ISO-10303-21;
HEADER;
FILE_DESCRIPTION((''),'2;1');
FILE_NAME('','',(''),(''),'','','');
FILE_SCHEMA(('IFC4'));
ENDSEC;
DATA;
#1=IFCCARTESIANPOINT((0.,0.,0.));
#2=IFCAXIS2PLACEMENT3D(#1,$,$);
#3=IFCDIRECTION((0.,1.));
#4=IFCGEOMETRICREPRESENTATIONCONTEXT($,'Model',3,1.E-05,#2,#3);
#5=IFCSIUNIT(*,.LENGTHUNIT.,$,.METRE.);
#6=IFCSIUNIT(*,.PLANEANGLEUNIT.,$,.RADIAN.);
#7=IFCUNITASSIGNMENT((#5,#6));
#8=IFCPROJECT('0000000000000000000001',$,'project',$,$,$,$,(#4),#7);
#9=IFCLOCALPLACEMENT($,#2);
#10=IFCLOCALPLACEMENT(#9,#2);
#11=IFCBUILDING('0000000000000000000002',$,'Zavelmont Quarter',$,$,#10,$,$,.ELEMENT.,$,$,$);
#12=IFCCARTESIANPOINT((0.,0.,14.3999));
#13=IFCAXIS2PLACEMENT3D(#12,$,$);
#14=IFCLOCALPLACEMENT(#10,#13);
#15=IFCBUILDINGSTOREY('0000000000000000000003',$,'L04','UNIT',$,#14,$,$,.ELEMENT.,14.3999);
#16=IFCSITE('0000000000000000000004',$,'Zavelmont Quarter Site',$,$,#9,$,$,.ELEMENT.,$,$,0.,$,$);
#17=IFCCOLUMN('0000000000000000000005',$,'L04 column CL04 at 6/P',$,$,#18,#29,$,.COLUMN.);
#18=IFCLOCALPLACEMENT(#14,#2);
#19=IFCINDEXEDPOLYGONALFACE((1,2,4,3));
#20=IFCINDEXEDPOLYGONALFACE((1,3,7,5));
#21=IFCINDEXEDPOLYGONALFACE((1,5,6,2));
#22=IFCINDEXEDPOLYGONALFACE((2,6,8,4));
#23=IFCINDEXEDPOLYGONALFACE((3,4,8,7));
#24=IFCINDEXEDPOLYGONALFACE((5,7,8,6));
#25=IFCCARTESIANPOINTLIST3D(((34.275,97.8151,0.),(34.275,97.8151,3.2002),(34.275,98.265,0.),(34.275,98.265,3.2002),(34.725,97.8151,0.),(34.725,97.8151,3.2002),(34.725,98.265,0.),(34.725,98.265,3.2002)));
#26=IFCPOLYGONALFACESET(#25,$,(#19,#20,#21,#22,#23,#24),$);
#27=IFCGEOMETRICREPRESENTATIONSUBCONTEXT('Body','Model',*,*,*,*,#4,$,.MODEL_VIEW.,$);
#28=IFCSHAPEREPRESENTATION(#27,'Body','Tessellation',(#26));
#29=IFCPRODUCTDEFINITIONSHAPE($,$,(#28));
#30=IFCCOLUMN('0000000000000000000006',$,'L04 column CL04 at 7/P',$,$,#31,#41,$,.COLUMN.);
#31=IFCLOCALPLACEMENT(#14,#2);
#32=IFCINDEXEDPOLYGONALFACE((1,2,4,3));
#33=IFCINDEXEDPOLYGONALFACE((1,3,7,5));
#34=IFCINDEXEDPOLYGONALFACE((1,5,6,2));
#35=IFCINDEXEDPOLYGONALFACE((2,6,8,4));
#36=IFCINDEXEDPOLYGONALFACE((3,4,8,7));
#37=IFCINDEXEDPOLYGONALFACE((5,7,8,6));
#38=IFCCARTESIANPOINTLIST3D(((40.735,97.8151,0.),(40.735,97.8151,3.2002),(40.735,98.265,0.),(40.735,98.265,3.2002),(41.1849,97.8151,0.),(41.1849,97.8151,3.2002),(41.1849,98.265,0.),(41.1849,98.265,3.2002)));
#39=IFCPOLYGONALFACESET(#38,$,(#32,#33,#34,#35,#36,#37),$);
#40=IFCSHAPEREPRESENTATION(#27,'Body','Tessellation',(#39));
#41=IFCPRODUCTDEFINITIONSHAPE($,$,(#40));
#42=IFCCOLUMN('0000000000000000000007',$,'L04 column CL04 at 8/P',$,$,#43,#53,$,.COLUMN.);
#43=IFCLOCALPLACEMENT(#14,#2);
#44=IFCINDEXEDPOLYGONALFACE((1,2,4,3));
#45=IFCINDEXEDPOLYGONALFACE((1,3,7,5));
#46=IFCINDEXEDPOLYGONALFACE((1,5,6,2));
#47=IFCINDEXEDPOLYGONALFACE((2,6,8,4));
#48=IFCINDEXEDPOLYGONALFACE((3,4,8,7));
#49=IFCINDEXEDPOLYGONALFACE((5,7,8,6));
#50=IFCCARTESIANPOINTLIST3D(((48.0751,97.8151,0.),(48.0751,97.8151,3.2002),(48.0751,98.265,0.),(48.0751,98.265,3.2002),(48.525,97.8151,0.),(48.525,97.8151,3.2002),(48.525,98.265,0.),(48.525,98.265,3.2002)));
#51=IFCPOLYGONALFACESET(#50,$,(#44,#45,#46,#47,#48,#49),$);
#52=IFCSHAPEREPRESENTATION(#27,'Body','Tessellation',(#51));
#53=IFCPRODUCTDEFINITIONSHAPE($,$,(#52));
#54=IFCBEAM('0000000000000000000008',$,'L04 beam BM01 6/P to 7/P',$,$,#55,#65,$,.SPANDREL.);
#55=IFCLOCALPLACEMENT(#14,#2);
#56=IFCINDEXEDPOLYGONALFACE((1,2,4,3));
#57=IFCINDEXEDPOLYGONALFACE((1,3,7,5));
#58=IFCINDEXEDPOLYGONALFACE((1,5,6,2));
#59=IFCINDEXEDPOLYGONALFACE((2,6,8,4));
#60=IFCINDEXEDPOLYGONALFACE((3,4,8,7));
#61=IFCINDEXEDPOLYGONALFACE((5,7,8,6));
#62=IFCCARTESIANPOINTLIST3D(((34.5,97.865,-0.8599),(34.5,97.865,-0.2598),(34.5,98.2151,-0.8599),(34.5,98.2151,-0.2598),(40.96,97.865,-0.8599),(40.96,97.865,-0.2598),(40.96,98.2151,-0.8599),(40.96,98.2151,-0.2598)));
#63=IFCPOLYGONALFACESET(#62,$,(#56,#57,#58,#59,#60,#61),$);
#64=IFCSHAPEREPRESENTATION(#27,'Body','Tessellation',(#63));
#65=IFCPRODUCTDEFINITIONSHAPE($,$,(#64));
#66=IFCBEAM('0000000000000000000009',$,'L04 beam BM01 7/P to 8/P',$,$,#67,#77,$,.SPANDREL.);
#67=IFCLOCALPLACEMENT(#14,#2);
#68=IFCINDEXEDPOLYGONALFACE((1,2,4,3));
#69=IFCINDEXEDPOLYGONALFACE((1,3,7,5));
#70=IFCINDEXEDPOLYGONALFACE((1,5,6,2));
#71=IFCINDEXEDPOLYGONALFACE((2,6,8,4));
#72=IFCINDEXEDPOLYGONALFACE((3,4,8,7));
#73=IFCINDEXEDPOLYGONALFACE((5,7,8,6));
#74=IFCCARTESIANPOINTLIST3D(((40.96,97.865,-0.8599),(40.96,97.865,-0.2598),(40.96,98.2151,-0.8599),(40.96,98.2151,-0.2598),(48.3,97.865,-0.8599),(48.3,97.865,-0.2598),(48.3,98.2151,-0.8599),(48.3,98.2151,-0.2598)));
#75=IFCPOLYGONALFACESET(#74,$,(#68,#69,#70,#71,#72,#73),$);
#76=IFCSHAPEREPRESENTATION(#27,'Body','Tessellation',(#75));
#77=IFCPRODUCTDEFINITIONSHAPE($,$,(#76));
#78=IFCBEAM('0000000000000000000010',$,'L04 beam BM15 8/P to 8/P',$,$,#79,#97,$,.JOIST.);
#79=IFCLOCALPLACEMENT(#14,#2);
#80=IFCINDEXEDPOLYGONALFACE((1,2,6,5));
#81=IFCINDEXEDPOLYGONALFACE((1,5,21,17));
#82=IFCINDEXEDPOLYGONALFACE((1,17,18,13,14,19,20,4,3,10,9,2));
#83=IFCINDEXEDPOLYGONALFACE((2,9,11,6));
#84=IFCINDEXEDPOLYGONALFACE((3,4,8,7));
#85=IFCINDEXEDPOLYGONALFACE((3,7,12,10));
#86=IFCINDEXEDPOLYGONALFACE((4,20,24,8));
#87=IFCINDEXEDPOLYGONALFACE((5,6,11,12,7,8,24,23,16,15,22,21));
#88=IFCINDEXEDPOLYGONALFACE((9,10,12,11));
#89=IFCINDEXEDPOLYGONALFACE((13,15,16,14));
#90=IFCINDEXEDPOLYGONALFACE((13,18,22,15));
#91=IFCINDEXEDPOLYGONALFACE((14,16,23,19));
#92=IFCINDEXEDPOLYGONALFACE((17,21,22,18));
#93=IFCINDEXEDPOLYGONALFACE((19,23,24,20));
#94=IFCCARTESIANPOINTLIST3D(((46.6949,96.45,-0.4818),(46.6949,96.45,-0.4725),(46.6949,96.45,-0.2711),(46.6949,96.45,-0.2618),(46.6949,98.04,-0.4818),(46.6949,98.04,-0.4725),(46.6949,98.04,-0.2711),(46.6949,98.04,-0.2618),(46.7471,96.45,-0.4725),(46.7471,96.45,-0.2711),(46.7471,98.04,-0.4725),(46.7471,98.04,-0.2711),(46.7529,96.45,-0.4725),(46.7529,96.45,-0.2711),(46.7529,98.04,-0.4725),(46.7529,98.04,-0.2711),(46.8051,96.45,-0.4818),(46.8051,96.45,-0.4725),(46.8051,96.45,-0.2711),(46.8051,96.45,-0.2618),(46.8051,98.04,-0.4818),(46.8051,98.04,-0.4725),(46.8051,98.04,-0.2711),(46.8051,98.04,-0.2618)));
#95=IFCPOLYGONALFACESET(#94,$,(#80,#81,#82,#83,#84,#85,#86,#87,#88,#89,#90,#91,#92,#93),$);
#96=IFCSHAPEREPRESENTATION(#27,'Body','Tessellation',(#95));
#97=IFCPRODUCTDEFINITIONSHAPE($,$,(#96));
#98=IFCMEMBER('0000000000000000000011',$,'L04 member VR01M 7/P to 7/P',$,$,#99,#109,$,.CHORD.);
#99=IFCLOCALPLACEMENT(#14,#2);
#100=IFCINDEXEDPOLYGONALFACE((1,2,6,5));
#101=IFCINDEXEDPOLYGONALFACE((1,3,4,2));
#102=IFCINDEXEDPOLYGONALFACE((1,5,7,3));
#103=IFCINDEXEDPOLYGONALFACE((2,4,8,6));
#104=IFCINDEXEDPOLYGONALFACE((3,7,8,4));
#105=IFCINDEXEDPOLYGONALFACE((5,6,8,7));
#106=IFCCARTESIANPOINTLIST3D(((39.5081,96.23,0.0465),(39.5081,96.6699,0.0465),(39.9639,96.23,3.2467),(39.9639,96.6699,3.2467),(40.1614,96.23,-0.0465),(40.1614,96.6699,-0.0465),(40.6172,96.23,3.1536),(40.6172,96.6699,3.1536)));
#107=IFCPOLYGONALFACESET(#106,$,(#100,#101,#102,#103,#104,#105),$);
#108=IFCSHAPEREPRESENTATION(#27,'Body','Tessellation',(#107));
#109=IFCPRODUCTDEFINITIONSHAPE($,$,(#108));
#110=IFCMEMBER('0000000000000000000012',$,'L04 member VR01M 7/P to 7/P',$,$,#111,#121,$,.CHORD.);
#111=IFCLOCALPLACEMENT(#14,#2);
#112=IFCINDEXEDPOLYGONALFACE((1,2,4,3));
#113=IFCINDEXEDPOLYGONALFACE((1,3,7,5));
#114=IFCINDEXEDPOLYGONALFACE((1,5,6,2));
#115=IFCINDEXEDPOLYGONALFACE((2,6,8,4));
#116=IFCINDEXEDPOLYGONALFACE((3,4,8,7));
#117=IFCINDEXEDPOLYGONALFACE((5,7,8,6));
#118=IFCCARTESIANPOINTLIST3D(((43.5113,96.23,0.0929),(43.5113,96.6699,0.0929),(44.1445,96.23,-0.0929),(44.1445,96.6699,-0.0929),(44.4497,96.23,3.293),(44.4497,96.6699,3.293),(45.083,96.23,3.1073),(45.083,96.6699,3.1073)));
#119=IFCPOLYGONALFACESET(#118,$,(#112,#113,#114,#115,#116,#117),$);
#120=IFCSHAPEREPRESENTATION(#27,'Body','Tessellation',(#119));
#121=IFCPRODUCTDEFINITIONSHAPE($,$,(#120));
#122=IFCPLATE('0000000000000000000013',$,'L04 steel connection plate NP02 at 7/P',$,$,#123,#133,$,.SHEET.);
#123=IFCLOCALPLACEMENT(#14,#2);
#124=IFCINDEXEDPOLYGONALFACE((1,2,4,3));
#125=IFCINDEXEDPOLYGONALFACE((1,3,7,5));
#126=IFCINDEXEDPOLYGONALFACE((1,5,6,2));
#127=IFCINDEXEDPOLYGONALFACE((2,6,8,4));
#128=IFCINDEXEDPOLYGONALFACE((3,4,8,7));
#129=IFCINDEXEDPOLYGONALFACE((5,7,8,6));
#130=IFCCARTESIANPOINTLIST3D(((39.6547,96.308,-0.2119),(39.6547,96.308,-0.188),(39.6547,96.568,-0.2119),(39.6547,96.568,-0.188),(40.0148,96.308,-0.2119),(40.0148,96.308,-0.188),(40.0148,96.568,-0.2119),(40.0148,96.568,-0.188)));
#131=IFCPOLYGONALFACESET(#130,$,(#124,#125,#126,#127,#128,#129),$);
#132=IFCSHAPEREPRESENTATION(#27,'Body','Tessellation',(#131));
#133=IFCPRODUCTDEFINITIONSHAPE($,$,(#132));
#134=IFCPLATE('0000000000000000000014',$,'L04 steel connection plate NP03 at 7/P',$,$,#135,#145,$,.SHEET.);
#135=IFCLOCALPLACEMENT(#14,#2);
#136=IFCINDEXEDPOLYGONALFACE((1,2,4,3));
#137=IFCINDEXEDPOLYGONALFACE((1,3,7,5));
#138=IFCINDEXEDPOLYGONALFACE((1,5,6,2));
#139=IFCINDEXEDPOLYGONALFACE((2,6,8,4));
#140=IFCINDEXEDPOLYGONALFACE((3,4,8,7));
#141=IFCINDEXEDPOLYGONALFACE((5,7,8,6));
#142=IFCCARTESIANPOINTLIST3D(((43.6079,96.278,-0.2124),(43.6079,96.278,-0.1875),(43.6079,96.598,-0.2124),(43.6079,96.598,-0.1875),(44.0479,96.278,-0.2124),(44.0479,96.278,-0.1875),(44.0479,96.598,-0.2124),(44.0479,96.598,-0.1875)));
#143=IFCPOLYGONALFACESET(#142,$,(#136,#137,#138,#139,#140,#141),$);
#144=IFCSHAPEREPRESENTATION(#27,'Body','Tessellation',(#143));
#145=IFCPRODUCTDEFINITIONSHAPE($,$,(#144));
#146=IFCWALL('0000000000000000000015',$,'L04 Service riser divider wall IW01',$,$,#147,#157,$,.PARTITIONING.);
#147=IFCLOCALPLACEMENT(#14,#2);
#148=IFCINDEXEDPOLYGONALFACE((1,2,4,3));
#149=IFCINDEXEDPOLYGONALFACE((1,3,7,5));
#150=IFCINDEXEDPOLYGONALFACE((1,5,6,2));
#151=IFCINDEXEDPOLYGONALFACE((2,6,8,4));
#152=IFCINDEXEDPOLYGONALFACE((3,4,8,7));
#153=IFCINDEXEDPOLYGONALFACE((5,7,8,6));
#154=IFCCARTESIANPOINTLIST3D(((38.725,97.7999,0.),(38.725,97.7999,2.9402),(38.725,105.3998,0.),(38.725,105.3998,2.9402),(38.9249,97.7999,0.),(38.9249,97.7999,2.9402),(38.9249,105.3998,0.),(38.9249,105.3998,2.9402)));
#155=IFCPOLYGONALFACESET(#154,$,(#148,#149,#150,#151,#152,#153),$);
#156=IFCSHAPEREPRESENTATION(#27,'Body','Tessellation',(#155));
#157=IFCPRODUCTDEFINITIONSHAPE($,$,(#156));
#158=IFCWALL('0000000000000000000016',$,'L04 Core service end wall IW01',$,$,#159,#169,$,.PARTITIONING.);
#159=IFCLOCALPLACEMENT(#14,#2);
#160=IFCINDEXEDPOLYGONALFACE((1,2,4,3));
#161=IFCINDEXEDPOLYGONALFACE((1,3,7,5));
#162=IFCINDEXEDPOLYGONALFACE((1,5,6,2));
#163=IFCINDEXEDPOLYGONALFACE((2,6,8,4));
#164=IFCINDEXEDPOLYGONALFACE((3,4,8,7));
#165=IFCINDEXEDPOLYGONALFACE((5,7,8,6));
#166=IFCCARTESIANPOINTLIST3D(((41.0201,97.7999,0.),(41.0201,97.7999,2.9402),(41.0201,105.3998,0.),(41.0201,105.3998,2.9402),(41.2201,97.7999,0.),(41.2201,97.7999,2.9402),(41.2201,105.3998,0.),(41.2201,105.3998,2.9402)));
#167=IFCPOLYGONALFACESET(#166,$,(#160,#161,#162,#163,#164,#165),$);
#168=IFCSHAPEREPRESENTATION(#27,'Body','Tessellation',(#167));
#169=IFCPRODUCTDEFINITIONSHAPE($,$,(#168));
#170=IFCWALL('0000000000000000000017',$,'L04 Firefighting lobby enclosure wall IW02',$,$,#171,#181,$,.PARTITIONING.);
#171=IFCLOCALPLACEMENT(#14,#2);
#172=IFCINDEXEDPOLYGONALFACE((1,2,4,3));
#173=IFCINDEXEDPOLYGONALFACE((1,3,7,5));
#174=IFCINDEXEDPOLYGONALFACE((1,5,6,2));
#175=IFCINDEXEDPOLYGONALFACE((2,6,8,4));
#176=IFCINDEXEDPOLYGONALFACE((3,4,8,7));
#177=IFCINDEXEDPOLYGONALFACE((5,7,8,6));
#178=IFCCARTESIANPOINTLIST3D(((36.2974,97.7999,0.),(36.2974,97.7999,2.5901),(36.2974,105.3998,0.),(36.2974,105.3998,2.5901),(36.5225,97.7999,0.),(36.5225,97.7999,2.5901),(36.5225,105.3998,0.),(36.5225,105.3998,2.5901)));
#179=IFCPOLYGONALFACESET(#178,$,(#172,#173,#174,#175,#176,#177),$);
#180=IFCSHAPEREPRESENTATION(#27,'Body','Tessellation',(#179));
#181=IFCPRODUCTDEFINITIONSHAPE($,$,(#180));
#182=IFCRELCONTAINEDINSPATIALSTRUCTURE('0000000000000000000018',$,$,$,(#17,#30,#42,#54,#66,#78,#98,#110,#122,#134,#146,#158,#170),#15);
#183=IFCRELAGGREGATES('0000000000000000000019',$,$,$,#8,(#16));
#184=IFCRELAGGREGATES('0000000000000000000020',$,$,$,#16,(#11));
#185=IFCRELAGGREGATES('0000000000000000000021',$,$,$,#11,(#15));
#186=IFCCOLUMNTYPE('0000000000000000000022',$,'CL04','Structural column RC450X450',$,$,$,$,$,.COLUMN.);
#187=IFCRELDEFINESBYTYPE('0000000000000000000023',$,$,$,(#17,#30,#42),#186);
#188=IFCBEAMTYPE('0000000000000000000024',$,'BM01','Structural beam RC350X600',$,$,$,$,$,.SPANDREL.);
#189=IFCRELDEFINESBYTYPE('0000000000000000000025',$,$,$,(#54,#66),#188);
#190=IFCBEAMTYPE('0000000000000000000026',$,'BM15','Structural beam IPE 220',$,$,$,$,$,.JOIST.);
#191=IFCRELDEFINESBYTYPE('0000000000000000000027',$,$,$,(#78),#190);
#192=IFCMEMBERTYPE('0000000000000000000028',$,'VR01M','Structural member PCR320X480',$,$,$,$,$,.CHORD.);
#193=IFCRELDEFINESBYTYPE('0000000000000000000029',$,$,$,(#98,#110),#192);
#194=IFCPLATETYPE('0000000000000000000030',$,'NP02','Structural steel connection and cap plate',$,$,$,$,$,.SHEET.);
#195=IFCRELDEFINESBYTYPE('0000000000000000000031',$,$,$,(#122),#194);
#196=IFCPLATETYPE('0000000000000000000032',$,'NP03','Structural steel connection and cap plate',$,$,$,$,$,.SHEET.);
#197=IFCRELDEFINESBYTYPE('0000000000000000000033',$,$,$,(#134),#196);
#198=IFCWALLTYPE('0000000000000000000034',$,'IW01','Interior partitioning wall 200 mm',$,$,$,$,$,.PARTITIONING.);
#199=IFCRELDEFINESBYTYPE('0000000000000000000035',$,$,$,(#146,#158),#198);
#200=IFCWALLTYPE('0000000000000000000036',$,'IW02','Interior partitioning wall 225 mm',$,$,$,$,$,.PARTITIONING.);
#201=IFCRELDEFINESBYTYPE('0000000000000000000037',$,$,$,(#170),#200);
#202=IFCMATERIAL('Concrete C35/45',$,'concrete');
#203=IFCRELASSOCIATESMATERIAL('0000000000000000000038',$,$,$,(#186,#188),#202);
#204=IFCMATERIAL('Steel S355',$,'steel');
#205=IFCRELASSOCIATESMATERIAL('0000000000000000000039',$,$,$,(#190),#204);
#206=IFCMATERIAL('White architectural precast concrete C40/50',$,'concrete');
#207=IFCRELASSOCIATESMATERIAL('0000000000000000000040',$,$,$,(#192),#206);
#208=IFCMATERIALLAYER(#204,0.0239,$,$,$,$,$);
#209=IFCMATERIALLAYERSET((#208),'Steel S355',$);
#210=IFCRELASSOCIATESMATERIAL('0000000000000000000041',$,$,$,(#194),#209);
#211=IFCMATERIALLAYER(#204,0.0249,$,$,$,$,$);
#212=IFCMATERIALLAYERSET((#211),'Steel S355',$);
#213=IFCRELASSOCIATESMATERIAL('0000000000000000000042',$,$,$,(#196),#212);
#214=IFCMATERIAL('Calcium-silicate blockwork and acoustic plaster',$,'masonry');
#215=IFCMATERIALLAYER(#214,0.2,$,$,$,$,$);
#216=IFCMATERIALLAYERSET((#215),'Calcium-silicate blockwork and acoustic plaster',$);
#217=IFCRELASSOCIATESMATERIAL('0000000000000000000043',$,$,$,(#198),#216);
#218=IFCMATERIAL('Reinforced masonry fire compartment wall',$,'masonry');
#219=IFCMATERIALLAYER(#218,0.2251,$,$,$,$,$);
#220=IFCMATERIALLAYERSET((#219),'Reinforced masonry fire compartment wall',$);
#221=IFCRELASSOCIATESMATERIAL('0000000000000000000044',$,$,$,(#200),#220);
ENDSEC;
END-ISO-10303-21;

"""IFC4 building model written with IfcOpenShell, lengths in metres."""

from ifc_helpers import new_model, si_unit, direction, frame, frame_2d, origin, origin_2d, place, context, subcontext, project, spatial, rectangle, i_section, extrude, material, layer, layer_set, material_profile, profile_set, type_object, element, save


model = new_model("IFC4")

# Units and contexts
model_context = context("Model", 3, precision=1e-05, world=origin(), true_north=direction((0.0, 1.0)))
body_context = subcontext(model_context, "Body", "Model", "MODEL_VIEW")
ifc_project = project(units=[si_unit("LENGTHUNIT", "METRE"), si_unit("PLANEANGLEUNIT", "RADIAN")], contexts=[model_context])

# Site, building, storey
site_placement = place(None, origin())
site = spatial("IfcSite", under=ifc_project, at=site_placement, Name="Zavelmont Quarter Site", CompositionType="ELEMENT", RefElevation=0.0)
building_placement = place(site_placement, origin())
building = spatial("IfcBuilding", under=site, at=building_placement, Name="Zavelmont Quarter", CompositionType="ELEMENT")
storey_placement = place(building_placement, frame((0.0, 0.0, 14.3999)))
storey = spatial("IfcBuildingStorey", under=building, at=storey_placement, Name="L04", Description="UNIT", CompositionType="ELEMENT", Elevation=14.3999)

# Columns
ifc_material_1 = material(Name="Concrete C35/45", Category="concrete")
ifc_material_profile_1 = material_profile(ifc_material_1, rectangle(XDim=0.45, YDim=0.45, at=origin_2d()), Name="RC450X450")
ifc_profile_set_1 = profile_set([ifc_material_profile_1], Name="Concrete C35/45")
column_type = type_object("IfcColumnType", Name="CL04", Description="Structural column RC450X450", PredefinedType="COLUMN", material=ifc_profile_set_1)
for number, where, z_axis, x_axis, name in (
    (1, (34.5, 98.04, 0.0), (0.0, 0.0, 1.0), (1.0, 0.0, 0.0), "L04 column CL04 at 6/P"),
    (2, (40.96, 98.04, 0.0), (0.0, 0.0, 1.0), (1.0, 0.0, 0.0), "L04 column CL04 at 7/P"),
    (3, (48.3, 98.04, 0.0), (0.0, 0.0, 1.0), (1.0, 0.0, 0.0), "L04 column CL04 at 8/P"),
):
    element("IfcColumn", number, at=place(storey_placement, frame(where, z_axis=z_axis, x_axis=x_axis)), inside=storey, type_object=column_type, Name=name, PredefinedType="COLUMN", context=body_context, shape_type="SweptSolid", body=[
        extrude(rectangle(XDim=0.45, YDim=0.45, at=origin_2d()), origin(), (0.0, 0.0, 1.0), 3.2002),
    ])

# Beams
ifc_material_profile_2 = material_profile(ifc_material_1, rectangle(XDim=0.3501, YDim=0.6001, at=origin_2d()), Name="RC350X600")
ifc_profile_set_2 = profile_set([ifc_material_profile_2], Name="Concrete C35/45")
beam_type_1 = type_object("IfcBeamType", Name="BM01", Description="Structural beam RC350X600", PredefinedType="SPANDREL", material=ifc_profile_set_2)
beam_1_placement = place(storey_placement, frame((34.5, 98.04, -0.5598), z_axis=(1.0, 0.0, 0.0), x_axis=(0.0, 1.0, 0.0)))
element("IfcBeam", 4, at=beam_1_placement, inside=storey, type_object=beam_type_1, Name="L04 beam BM01 6/P to 7/P", PredefinedType="SPANDREL", context=body_context, shape_type="SweptSolid", body=[
    extrude(rectangle(XDim=0.3501, YDim=0.6001, at=origin_2d()), origin(), (0.0, 0.0, 1.0), 6.46),
])
beam_2_placement = place(storey_placement, frame((40.96, 98.04, -0.5598), z_axis=(1.0, 0.0, 0.0), x_axis=(0.0, 1.0, 0.0)))
element("IfcBeam", 5, at=beam_2_placement, inside=storey, type_object=beam_type_1, Name="L04 beam BM01 7/P to 8/P", PredefinedType="SPANDREL", context=body_context, shape_type="SweptSolid", body=[
    extrude(rectangle(XDim=0.3501, YDim=0.6001, at=origin_2d()), origin(), (0.0, 0.0, 1.0), 7.3401),
])
ifc_material_2 = material(Name="Steel S355", Category="steel")
ifc_material_profile_3 = material_profile(ifc_material_2, i_section(OverallWidth=0.1101, OverallDepth=0.22, WebThickness=0.0059, FlangeThickness=0.0093, at=origin_2d()), Name="IPE 220")
ifc_profile_set_3 = profile_set([ifc_material_profile_3], Name="Steel S355")
beam_type_2 = type_object("IfcBeamType", Name="BM15", Description="Structural beam IPE 220", PredefinedType="JOIST", material=ifc_profile_set_3)
beam_3_placement = place(storey_placement, frame((46.75, 98.04, -0.3718), z_axis=(0.0, -1.0, 0.0), x_axis=(1.0, 0.0, 0.0)))
element("IfcBeam", 6, at=beam_3_placement, inside=storey, type_object=beam_type_2, Name="L04 beam BM15 8/P to 8/P", PredefinedType="JOIST", context=body_context, shape_type="SweptSolid", body=[
    extrude(i_section(OverallWidth=0.1101, OverallDepth=0.22, WebThickness=0.0059, FlangeThickness=0.0093, at=origin_2d()), origin(), (0.0, 0.0, 1.0), 1.5901),
])

# Members
ifc_material_3 = material(Name="White architectural precast concrete C40/50", Category="concrete")
ifc_material_profile_4 = material_profile(ifc_material_3, rectangle(XDim=0.4399, YDim=0.6599, at=origin_2d()), Name="PCR320X480")
ifc_profile_set_4 = profile_set([ifc_material_profile_4], Name="White architectural precast concrete C40/50")
member_type = type_object("IfcMemberType", Name="VR01M", Description="Structural member PCR320X480", PredefinedType="CHORD", material=ifc_profile_set_4)
member_1_placement = place(storey_placement, frame((39.8347, 96.45, 0.0), z_axis=(0.141009, 0.0, 0.990008), x_axis=(0.0, 1.0, 0.0)))
element("IfcMember", 7, at=member_1_placement, inside=storey, type_object=member_type, Name="L04 member VR01M 7/P to 7/P", PredefinedType="CHORD", context=body_context, shape_type="SweptSolid", body=[
    extrude(rectangle(XDim=0.4399, YDim=0.6599, at=origin_2d()), origin(), (0.0, 0.0, 1.0), 3.2324),
])
member_2_placement = place(storey_placement, frame((43.8279, 96.45, 0.0), z_axis=(0.281405, 0.0, 0.959589), x_axis=(0.0, 1.0, 0.0)))
element("IfcMember", 8, at=member_2_placement, inside=storey, type_object=member_type, Name="L04 member VR01M 7/P to 7/P", PredefinedType="CHORD", context=body_context, shape_type="SweptSolid", body=[
    extrude(rectangle(XDim=0.4399, YDim=0.6599, at=origin_2d()), origin(), (0.0, 0.0, 1.0), 3.335),
])

# Plates
ifc_layer_1 = layer(ifc_material_2, 0.0239)
ifc_layer_set_1 = layer_set([ifc_layer_1], Name="Steel S355")
plate_type_1 = type_object("IfcPlateType", Name="NP02", Description="Structural steel connection and cap plate", PredefinedType="SHEET", material=ifc_layer_set_1)
plate_1_placement = place(storey_placement, frame((39.8347, 96.438, -0.2119), z_axis=(0.0, 0.0, 1.0), x_axis=(1.0, 0.0, 0.0)))
element("IfcPlate", 9, at=plate_1_placement, inside=storey, type_object=plate_type_1, Name="L04 steel connection plate NP02 at 7/P", PredefinedType="SHEET", context=body_context, shape_type="SweptSolid", body=[
    extrude(rectangle(XDim=0.3601, YDim=0.26, at=origin_2d()), origin(), (0.0, 0.0, 1.0), 0.0239),
])
ifc_layer_2 = layer(ifc_material_2, 0.0249)
ifc_layer_set_2 = layer_set([ifc_layer_2], Name="Steel S355")
plate_type_2 = type_object("IfcPlateType", Name="NP03", Description="Structural steel connection and cap plate", PredefinedType="SHEET", material=ifc_layer_set_2)
plate_2_placement = place(storey_placement, frame((43.8279, 96.438, -0.2124), z_axis=(0.0, 0.0, 1.0), x_axis=(1.0, 0.0, 0.0)))
element("IfcPlate", 10, at=plate_2_placement, inside=storey, type_object=plate_type_2, Name="L04 steel connection plate NP03 at 7/P", PredefinedType="SHEET", context=body_context, shape_type="SweptSolid", body=[
    extrude(rectangle(XDim=0.4399, YDim=0.3201, at=origin_2d()), origin(), (0.0, 0.0, 1.0), 0.0249),
])

# Walls
ifc_material_4 = material(Name="Calcium-silicate blockwork and acoustic plaster", Category="masonry")
ifc_layer_3 = layer(ifc_material_4, 0.2)
ifc_layer_set_3 = layer_set([ifc_layer_3], Name="Calcium-silicate blockwork and acoustic plaster")
wall_type_1 = type_object("IfcWallType", Name="IW01", Description="Interior partitioning wall 200 mm", PredefinedType="PARTITIONING", material=ifc_layer_set_3)
for number, where, z_axis, x_axis, name in (
    (11, (38.825, 97.8, 0.0), (0.0, 0.0, 1.0), (0.0, 1.0, 0.0), "L04 Service riser divider wall IW01"),
    (12, (41.1201, 97.8, 0.0), (0.0, 0.0, 1.0), (0.0, 1.0, 0.0), "L04 Core service end wall IW01"),
):
    element("IfcWall", number, at=place(storey_placement, frame(where, z_axis=z_axis, x_axis=x_axis)), inside=storey, type_object=wall_type_1, Name=name, PredefinedType="PARTITIONING", context=body_context, shape_type="SweptSolid", body=[
        extrude(rectangle(XDim=7.5999, YDim=0.2, at=frame_2d((3.7998, 0.0))), origin(), (0.0, 0.0, 1.0), 2.9402),
    ])
ifc_material_5 = material(Name="Reinforced masonry fire compartment wall", Category="masonry")
ifc_layer_4 = layer(ifc_material_5, 0.2251)
ifc_layer_set_4 = layer_set([ifc_layer_4], Name="Reinforced masonry fire compartment wall")
wall_type_2 = type_object("IfcWallType", Name="IW02", Description="Interior partitioning wall 225 mm", PredefinedType="PARTITIONING", material=ifc_layer_set_4)
wall_1_placement = place(storey_placement, frame((36.4099, 97.8, 0.0), z_axis=(0.0, 0.0, 1.0), x_axis=(0.0, 1.0, 0.0)))
element("IfcWall", 13, at=wall_1_placement, inside=storey, type_object=wall_type_2, Name="L04 Firefighting lobby enclosure wall IW02", PredefinedType="PARTITIONING", context=body_context, shape_type="SweptSolid", body=[
    extrude(rectangle(XDim=7.5999, YDim=0.2251, at=frame_2d((3.7998, 0.0))), origin(), (0.0, 0.0, 1.0), 2.5901),
])

save(model, "model.ifc")
